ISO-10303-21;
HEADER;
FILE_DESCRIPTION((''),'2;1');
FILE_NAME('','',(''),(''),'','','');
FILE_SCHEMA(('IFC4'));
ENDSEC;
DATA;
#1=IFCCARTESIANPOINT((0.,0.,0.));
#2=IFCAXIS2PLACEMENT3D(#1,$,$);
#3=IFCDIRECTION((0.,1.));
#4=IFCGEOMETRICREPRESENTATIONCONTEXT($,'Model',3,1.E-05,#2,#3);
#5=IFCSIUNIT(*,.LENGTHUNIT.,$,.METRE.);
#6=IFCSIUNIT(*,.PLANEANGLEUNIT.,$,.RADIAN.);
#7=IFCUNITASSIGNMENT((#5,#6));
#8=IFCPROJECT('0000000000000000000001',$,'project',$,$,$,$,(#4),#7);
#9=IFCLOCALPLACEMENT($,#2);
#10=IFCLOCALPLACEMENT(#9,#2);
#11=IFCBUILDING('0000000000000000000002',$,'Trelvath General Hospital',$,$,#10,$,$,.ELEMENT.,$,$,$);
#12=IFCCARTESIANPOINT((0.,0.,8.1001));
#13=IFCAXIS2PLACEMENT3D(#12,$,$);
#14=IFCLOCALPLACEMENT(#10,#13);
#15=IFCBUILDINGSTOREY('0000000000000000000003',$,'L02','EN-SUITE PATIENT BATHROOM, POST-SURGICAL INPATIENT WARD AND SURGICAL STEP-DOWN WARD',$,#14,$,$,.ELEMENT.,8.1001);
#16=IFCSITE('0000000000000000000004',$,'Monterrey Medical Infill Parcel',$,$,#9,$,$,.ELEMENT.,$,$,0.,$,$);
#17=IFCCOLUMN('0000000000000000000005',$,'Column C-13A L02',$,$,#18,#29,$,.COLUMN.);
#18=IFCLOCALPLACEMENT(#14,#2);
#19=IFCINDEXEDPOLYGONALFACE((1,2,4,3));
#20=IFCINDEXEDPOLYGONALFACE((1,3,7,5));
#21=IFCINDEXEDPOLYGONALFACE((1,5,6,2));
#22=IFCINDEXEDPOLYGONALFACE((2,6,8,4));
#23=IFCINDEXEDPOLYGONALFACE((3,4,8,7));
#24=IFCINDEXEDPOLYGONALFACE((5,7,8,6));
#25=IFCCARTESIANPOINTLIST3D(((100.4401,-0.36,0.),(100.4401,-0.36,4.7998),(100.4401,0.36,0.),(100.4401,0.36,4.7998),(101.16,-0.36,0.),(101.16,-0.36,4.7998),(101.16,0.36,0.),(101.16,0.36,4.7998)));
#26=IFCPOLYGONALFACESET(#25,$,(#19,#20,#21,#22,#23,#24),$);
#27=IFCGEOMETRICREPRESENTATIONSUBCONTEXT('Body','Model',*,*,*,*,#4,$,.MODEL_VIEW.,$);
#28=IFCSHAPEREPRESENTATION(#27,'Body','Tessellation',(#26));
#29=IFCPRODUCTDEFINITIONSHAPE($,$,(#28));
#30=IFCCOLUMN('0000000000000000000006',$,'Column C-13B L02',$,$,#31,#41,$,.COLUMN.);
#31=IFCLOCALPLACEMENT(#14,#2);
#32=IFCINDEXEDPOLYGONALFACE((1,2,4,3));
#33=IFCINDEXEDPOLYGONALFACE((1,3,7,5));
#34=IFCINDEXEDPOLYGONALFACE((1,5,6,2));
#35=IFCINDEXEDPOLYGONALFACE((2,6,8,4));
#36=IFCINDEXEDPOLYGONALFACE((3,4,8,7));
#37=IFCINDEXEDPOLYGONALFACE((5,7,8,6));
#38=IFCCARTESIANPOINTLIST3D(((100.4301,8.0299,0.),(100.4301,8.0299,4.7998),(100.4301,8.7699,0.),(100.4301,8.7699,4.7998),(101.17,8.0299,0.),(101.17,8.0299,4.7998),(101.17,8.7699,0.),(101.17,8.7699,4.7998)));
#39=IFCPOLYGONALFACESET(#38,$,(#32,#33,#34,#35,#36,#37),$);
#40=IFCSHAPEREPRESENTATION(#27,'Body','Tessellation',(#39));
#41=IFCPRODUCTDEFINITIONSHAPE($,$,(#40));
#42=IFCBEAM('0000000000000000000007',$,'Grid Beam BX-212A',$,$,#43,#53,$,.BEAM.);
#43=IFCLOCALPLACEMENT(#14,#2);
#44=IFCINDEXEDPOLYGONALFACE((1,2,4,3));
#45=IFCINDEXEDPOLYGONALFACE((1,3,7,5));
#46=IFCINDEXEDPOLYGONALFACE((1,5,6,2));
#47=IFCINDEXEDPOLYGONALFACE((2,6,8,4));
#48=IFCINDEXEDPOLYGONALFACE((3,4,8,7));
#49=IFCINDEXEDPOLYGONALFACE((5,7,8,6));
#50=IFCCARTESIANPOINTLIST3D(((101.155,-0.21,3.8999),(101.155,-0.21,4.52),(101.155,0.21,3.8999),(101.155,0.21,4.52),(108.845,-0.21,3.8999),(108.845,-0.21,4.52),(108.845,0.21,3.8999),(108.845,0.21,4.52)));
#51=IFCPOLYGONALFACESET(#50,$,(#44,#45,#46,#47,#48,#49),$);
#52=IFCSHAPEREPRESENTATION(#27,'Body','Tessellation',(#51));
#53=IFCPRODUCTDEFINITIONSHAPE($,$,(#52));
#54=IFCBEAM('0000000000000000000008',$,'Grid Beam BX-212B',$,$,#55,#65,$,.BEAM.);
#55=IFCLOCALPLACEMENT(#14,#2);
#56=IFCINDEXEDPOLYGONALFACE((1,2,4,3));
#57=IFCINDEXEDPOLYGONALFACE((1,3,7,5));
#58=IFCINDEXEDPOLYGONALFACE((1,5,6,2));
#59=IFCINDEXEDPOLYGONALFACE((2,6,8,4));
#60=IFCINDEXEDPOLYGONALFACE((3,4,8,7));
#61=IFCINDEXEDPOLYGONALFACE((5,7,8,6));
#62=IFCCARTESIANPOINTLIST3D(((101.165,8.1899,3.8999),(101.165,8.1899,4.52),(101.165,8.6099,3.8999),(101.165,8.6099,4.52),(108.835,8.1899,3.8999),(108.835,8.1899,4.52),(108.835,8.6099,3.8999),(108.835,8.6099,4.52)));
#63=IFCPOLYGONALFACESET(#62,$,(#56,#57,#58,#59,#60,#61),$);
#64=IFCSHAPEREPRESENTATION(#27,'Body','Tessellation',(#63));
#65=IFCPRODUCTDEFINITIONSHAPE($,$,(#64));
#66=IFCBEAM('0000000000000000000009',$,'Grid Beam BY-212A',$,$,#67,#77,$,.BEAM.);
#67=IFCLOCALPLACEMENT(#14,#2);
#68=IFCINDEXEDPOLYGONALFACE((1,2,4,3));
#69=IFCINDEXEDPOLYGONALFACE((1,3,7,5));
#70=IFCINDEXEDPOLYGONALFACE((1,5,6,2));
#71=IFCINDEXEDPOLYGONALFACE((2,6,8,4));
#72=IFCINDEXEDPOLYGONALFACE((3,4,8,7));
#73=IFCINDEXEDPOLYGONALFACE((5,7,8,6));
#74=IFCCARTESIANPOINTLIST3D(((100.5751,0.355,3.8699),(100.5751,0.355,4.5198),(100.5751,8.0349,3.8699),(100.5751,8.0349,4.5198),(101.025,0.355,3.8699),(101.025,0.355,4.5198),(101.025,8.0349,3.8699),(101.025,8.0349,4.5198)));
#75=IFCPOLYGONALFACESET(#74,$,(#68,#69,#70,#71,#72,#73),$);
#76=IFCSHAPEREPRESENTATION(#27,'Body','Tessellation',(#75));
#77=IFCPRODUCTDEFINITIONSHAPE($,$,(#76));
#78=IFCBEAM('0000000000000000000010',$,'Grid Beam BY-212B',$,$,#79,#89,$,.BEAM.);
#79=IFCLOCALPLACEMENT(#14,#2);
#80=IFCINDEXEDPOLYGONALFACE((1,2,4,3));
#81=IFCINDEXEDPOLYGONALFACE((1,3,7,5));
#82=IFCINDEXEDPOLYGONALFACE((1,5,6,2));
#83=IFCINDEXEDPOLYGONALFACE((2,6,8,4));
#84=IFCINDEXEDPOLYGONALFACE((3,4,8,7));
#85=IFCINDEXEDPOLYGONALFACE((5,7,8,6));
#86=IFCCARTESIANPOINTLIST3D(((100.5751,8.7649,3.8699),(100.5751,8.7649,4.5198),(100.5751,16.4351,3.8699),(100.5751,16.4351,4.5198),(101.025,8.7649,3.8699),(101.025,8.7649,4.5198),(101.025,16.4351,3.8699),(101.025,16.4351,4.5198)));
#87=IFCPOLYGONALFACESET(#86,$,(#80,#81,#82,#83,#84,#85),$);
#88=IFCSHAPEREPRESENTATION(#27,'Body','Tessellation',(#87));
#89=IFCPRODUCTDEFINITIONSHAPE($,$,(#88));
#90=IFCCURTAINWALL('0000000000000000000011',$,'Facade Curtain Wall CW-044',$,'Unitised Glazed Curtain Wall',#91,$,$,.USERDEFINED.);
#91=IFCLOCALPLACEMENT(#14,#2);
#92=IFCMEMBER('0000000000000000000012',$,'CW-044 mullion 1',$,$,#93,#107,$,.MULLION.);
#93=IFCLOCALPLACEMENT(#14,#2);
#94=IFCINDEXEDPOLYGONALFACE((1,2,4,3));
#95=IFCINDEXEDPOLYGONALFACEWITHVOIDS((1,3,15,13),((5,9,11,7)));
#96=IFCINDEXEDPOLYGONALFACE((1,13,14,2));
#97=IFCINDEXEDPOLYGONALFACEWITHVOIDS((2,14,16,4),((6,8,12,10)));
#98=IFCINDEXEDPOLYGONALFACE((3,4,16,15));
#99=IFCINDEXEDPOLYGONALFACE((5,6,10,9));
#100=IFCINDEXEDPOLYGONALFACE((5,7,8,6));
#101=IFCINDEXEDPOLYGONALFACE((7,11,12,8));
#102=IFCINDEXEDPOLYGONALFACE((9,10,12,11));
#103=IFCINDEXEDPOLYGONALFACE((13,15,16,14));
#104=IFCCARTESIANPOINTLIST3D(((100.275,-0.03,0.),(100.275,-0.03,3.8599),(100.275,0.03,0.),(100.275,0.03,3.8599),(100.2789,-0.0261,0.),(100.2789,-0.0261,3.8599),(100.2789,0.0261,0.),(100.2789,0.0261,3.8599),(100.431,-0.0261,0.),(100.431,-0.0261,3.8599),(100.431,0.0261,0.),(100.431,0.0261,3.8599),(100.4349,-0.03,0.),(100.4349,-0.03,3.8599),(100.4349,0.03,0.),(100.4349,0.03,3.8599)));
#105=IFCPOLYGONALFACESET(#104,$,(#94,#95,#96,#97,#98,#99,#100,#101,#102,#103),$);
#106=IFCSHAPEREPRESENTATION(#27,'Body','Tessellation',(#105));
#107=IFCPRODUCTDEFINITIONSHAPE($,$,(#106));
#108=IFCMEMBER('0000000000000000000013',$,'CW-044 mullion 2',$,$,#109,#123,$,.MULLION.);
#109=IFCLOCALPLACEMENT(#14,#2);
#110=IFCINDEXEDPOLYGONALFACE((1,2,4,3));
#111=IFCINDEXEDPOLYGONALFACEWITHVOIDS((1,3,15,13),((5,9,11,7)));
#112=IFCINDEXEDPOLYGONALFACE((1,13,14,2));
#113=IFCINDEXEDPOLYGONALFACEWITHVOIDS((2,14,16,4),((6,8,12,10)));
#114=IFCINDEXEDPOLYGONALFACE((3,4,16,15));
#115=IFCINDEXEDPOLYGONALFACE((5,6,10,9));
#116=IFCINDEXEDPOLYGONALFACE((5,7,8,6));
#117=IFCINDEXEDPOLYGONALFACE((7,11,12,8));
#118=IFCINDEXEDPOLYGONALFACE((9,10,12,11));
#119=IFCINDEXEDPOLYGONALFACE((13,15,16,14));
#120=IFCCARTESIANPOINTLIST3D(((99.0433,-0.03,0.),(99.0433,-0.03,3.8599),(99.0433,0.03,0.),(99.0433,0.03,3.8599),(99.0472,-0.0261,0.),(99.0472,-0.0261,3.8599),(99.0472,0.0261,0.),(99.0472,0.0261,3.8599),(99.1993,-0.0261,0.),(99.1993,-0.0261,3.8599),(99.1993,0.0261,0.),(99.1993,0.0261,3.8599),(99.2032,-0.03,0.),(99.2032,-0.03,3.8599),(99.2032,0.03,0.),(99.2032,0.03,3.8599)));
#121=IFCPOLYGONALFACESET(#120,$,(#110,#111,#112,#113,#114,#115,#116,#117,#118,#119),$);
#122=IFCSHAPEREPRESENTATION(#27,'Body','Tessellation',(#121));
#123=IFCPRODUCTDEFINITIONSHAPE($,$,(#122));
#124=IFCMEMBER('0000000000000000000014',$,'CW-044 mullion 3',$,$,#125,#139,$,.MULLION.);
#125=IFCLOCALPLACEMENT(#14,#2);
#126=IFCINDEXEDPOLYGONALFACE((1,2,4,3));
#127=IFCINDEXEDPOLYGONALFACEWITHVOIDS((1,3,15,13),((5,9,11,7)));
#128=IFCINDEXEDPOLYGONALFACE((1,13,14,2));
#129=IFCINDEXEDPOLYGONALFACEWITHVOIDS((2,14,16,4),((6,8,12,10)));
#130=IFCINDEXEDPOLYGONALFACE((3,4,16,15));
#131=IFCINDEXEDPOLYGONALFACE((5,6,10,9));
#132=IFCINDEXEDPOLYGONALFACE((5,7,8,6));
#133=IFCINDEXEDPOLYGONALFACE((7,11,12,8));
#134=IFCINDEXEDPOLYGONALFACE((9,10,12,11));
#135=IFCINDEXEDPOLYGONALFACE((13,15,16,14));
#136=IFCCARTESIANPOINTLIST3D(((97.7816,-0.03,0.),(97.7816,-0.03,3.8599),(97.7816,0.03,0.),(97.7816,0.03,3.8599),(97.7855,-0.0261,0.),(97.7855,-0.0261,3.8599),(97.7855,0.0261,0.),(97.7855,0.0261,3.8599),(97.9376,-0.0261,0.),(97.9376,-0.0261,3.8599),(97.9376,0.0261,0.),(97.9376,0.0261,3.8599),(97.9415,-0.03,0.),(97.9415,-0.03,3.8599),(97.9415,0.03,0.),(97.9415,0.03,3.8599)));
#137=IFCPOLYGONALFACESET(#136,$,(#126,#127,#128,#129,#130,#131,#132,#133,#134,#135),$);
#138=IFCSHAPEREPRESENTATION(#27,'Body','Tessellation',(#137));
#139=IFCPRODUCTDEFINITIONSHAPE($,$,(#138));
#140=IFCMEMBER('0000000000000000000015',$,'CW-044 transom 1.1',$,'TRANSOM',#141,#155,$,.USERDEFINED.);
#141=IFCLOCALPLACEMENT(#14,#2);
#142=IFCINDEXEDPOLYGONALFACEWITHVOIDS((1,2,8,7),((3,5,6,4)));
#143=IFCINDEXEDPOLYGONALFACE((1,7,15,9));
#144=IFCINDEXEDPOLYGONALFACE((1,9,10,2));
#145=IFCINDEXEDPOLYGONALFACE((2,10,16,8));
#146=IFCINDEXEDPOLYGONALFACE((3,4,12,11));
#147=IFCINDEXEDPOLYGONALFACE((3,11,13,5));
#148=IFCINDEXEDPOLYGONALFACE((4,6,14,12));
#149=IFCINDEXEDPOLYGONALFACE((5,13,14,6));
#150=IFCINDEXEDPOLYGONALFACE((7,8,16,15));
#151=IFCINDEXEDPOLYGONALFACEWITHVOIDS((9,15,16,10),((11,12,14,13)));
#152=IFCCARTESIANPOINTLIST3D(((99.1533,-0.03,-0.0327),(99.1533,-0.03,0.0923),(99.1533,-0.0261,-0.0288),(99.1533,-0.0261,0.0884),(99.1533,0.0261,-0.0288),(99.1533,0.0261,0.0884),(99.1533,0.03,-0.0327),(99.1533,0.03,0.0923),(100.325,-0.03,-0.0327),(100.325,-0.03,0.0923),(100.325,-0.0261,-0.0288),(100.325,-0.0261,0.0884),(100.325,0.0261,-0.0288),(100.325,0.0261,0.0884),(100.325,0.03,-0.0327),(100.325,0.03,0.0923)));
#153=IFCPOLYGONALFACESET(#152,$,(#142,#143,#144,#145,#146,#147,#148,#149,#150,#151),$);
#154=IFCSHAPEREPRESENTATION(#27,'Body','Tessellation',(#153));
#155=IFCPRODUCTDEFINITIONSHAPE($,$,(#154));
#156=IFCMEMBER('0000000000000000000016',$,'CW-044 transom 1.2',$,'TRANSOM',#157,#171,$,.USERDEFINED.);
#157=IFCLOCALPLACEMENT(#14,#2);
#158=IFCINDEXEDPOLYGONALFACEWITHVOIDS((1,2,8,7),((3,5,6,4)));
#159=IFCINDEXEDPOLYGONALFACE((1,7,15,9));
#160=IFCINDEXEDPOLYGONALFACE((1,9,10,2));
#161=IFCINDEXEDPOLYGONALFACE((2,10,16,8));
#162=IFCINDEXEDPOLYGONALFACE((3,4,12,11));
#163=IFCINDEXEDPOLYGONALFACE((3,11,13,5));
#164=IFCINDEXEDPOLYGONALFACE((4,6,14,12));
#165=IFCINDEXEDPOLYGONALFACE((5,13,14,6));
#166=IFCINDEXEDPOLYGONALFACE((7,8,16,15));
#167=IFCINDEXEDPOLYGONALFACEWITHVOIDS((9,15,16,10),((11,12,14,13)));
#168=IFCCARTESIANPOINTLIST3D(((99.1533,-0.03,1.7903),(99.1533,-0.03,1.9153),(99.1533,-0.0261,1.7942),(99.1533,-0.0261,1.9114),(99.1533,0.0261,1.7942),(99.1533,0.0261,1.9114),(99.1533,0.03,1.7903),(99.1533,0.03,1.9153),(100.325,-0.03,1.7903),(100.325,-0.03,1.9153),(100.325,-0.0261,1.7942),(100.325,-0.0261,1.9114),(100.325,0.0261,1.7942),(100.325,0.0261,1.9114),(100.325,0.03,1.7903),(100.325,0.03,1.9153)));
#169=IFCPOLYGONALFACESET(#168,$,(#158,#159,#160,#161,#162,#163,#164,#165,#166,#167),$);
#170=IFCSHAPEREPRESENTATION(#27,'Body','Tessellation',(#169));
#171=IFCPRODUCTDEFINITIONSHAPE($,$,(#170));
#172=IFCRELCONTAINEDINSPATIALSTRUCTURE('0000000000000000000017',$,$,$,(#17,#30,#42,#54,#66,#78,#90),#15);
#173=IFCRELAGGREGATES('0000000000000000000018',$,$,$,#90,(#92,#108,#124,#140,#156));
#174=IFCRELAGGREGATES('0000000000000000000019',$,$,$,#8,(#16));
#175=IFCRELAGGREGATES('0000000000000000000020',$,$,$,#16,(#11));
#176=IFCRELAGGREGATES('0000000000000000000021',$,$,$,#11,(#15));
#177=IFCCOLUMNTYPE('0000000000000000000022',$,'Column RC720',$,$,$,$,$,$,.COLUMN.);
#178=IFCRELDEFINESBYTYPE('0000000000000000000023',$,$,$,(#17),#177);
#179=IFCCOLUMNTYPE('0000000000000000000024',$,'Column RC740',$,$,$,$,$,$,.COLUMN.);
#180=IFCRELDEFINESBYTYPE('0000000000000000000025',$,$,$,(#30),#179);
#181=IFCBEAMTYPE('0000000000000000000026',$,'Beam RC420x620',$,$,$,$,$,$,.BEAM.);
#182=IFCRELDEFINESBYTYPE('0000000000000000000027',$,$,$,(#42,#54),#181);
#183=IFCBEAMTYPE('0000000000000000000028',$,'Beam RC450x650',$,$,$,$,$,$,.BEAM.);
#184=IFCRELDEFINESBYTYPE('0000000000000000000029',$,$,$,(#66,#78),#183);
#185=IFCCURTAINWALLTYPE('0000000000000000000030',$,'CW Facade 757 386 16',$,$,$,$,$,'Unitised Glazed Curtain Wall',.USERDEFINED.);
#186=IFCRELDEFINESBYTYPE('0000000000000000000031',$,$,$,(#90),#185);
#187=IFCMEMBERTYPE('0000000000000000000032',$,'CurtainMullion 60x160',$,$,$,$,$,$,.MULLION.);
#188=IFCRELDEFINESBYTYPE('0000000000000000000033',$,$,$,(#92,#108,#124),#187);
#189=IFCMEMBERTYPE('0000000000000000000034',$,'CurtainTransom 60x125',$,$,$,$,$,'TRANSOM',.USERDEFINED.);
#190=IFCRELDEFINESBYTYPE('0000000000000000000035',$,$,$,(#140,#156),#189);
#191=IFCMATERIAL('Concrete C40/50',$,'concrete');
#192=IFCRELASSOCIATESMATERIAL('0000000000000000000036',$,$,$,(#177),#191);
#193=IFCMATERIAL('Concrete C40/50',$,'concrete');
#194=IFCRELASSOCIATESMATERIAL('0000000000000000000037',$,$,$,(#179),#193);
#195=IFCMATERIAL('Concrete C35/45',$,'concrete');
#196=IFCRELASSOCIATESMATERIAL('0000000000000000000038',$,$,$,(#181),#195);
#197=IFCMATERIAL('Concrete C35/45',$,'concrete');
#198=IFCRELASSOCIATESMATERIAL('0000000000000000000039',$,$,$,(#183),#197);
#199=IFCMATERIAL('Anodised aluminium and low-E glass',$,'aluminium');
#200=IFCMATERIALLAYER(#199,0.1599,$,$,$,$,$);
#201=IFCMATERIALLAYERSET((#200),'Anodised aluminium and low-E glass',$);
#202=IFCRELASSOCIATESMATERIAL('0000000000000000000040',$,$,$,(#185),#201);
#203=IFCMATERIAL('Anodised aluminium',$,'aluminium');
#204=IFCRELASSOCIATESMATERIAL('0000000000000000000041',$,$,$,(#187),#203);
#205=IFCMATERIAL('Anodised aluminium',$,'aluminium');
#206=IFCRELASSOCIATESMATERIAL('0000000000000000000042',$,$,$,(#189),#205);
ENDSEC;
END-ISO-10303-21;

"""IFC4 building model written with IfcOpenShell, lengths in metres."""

from ifc_helpers import new_model, si_unit, direction, frame, origin, origin_2d, place, context, subcontext, project, spatial, rectangle, hollow_rectangle, extrude, material, layer, layer_set, material_profile, profile_set, type_object, element, aggregate, save


model = new_model("IFC4")

# Units and contexts
model_context = context("Model", 3, precision=1e-05, world=origin(), true_north=direction((0.0, 1.0)))
body_context = subcontext(model_context, "Body", "Model", "MODEL_VIEW")
ifc_project = project(units=[si_unit("LENGTHUNIT", "METRE"), si_unit("PLANEANGLEUNIT", "RADIAN")], contexts=[model_context])

# Site, building, storey
site_placement = place(None, origin())
site = spatial("IfcSite", under=ifc_project, at=site_placement, Name="Monterrey Medical Infill Parcel", CompositionType="ELEMENT", RefElevation=0.0)
building_placement = place(site_placement, origin())
building = spatial("IfcBuilding", under=site, at=building_placement, Name="Trelvath General Hospital", CompositionType="ELEMENT")
storey_placement = place(building_placement, frame((0.0, 0.0, 8.1001)))
storey = spatial("IfcBuildingStorey", under=building, at=storey_placement, Name="L02", Description="EN-SUITE PATIENT BATHROOM, POST-SURGICAL INPATIENT WARD AND SURGICAL STEP-DOWN WARD", CompositionType="ELEMENT", Elevation=8.1001)

# Columns
ifc_material_1 = material(Name="Concrete C40/50", Category="concrete")
ifc_material_profile_1 = material_profile(ifc_material_1, rectangle(XDim=0.72, YDim=0.72, at=origin_2d()), Name="RC720x720")
ifc_profile_set_1 = profile_set([ifc_material_profile_1], Name="Concrete C40/50")
column_type_1 = type_object("IfcColumnType", Name="Column RC720", PredefinedType="COLUMN", material=ifc_profile_set_1)
column_1_placement = place(storey_placement, frame((100.8, 0.0, 0.0), z_axis=(0.0, 0.0, 1.0), x_axis=(1.0, 0.0, 0.0)))
element("IfcColumn", 1, at=column_1_placement, inside=storey, type_object=column_type_1, Name="Column C-13A L02", PredefinedType="COLUMN", context=body_context, shape_type="SweptSolid", body=[
    extrude(rectangle(XDim=0.72, YDim=0.72, at=origin_2d()), origin(), (0.0, 0.0, 1.0), 4.7998),
])
ifc_material_2 = material(Name="Concrete C40/50", Category="concrete")
ifc_material_profile_2 = material_profile(ifc_material_2, rectangle(XDim=0.74, YDim=0.74, at=origin_2d()), Name="RC740x740")
ifc_profile_set_2 = profile_set([ifc_material_profile_2], Name="Concrete C40/50")
column_type_2 = type_object("IfcColumnType", Name="Column RC740", PredefinedType="COLUMN", material=ifc_profile_set_2)
column_2_placement = place(storey_placement, frame((100.8, 8.3999, 0.0), z_axis=(0.0, 0.0, 1.0), x_axis=(1.0, 0.0, 0.0)))
element("IfcColumn", 2, at=column_2_placement, inside=storey, type_object=column_type_2, Name="Column C-13B L02", PredefinedType="COLUMN", context=body_context, shape_type="SweptSolid", body=[
    extrude(rectangle(XDim=0.74, YDim=0.74, at=origin_2d()), origin(), (0.0, 0.0, 1.0), 4.7998),
])

# Beams
ifc_material_3 = material(Name="Concrete C35/45", Category="concrete")
ifc_material_profile_3 = material_profile(ifc_material_3, rectangle(XDim=0.4199, YDim=0.6201, at=origin_2d()), Name="RCB420x620")
ifc_profile_set_3 = profile_set([ifc_material_profile_3], Name="Concrete C35/45")
beam_type_1 = type_object("IfcBeamType", Name="Beam RC420x620", PredefinedType="BEAM", material=ifc_profile_set_3)
beam_1_placement = place(storey_placement, frame((101.155, 0.0, 4.21), z_axis=(1.0, 0.0, 0.0), x_axis=(0.0, 1.0, 0.0)))
element("IfcBeam", 3, at=beam_1_placement, inside=storey, type_object=beam_type_1, Name="Grid Beam BX-212A", PredefinedType="BEAM", context=body_context, shape_type="SweptSolid", body=[
    extrude(rectangle(XDim=0.4199, YDim=0.6201, at=origin_2d()), origin(), (0.0, 0.0, 1.0), 7.6899),
])
beam_2_placement = place(storey_placement, frame((101.165, 8.3999, 4.21), z_axis=(1.0, 0.0, 0.0), x_axis=(0.0, 1.0, 0.0)))
element("IfcBeam", 4, at=beam_2_placement, inside=storey, type_object=beam_type_1, Name="Grid Beam BX-212B", PredefinedType="BEAM", context=body_context, shape_type="SweptSolid", body=[
    extrude(rectangle(XDim=0.4199, YDim=0.6201, at=origin_2d()), origin(), (0.0, 0.0, 1.0), 7.6699),
])
ifc_material_4 = material(Name="Concrete C35/45", Category="concrete")
ifc_material_profile_4 = material_profile(ifc_material_4, rectangle(XDim=0.45, YDim=0.6499, at=origin_2d()), Name="RCB450x650")
ifc_profile_set_4 = profile_set([ifc_material_profile_4], Name="Concrete C35/45")
beam_type_2 = type_object("IfcBeamType", Name="Beam RC450x650", PredefinedType="BEAM", material=ifc_profile_set_4)
beam_3_placement = place(storey_placement, frame((100.8, 0.355, 4.1948), z_axis=(0.0, 1.0, 0.0), x_axis=(-1.0, 0.0, 0.0)))
element("IfcBeam", 5, at=beam_3_placement, inside=storey, type_object=beam_type_2, Name="Grid Beam BY-212A", PredefinedType="BEAM", context=body_context, shape_type="SweptSolid", body=[
    extrude(rectangle(XDim=0.45, YDim=0.6499, at=origin_2d()), origin(), (0.0, 0.0, 1.0), 7.6799),
])
beam_4_placement = place(storey_placement, frame((100.8, 8.7649, 4.1948), z_axis=(0.0, 1.0, 0.0), x_axis=(-1.0, 0.0, 0.0)))
element("IfcBeam", 6, at=beam_4_placement, inside=storey, type_object=beam_type_2, Name="Grid Beam BY-212B", PredefinedType="BEAM", context=body_context, shape_type="SweptSolid", body=[
    extrude(rectangle(XDim=0.45, YDim=0.6499, at=origin_2d()), origin(), (0.0, 0.0, 1.0), 7.6702),
])

# Curtain wall, members
ifc_material_5 = material(Name="Anodised aluminium and low-E glass", Category="aluminium")
ifc_layer_1 = layer(ifc_material_5, 0.1599)
ifc_layer_set_1 = layer_set([ifc_layer_1], Name="Anodised aluminium and low-E glass")
curtain_wall_type = type_object("IfcCurtainWallType", Name="CW Facade 757 386 16", ElementType="Unitised Glazed Curtain Wall", PredefinedType="USERDEFINED", material=ifc_layer_set_1)
curtain_wall_placement = place(storey_placement, origin())
curtain_wall = element("IfcCurtainWall", 7, at=curtain_wall_placement, inside=storey, type_object=curtain_wall_type, Name="Facade Curtain Wall CW-044", ObjectType="Unitised Glazed Curtain Wall", PredefinedType="USERDEFINED")
ifc_material_6 = material(Name="Anodised aluminium", Category="aluminium")
ifc_material_profile_5 = material_profile(ifc_material_6, hollow_rectangle(XDim=0.0601, YDim=0.1599, WallThickness=0.0039, at=origin_2d()), Name="RHS60x160x4")
ifc_profile_set_5 = profile_set([ifc_material_profile_5], Name="Anodised aluminium")
member_type_1 = type_object("IfcMemberType", Name="CurtainMullion 60x160", PredefinedType="MULLION", material=ifc_profile_set_5)
member_1_placement = place(storey_placement, frame((100.355, 0.0, 0.0), z_axis=(0.0, 0.0, 1.0), x_axis=(0.0, -1.0, 0.0)))
member_1 = element("IfcMember", 8, at=member_1_placement, type_object=member_type_1, Name="CW-044 mullion 1", PredefinedType="MULLION", context=body_context, shape_type="SweptSolid", body=[
    extrude(hollow_rectangle(XDim=0.0601, YDim=0.1599, WallThickness=0.0039, at=origin_2d()), origin(), (0.0, 0.0, 1.0), 3.8599),
])
member_2_placement = place(storey_placement, frame((99.1233, 0.0, 0.0), z_axis=(0.0, 0.0, 1.0), x_axis=(0.0, -1.0, 0.0)))
member_2 = element("IfcMember", 9, at=member_2_placement, type_object=member_type_1, Name="CW-044 mullion 2", PredefinedType="MULLION", context=body_context, shape_type="SweptSolid", body=[
    extrude(hollow_rectangle(XDim=0.0601, YDim=0.1599, WallThickness=0.0039, at=origin_2d()), origin(), (0.0, 0.0, 1.0), 3.8599),
])
member_3_placement = place(storey_placement, frame((97.8616, 0.0, 0.0), z_axis=(0.0, 0.0, 1.0), x_axis=(0.0, -1.0, 0.0)))
member_3 = element("IfcMember", 10, at=member_3_placement, type_object=member_type_1, Name="CW-044 mullion 3", PredefinedType="MULLION", context=body_context, shape_type="SweptSolid", body=[
    extrude(hollow_rectangle(XDim=0.0601, YDim=0.1599, WallThickness=0.0039, at=origin_2d()), origin(), (0.0, 0.0, 1.0), 3.8599),
])
ifc_material_7 = material(Name="Anodised aluminium", Category="aluminium")
ifc_material_profile_6 = material_profile(ifc_material_7, hollow_rectangle(XDim=0.0601, YDim=0.125, WallThickness=0.0039, at=origin_2d()), Name="RHS60x125x4")
ifc_profile_set_6 = profile_set([ifc_material_profile_6], Name="Anodised aluminium")
member_type_2 = type_object("IfcMemberType", Name="CurtainTransom 60x125", ElementType="TRANSOM", PredefinedType="USERDEFINED", material=ifc_profile_set_6)
member_4_placement = place(storey_placement, frame((100.325, 0.0, 0.0298), z_axis=(-1.0, 0.0, 0.0), x_axis=(0.0, -1.0, 0.0)))
member_4 = element("IfcMember", 11, at=member_4_placement, type_object=member_type_2, Name="CW-044 transom 1.1", ObjectType="TRANSOM", PredefinedType="USERDEFINED", context=body_context, shape_type="SweptSolid", body=[
    extrude(hollow_rectangle(XDim=0.0601, YDim=0.125, WallThickness=0.0039, at=origin_2d()), origin(), (0.0, 0.0, 1.0), 1.1716),
])
member_5_placement = place(storey_placement, frame((100.325, 0.0, 1.8528), z_axis=(-1.0, 0.0, 0.0), x_axis=(0.0, -1.0, 0.0)))
member_5 = element("IfcMember", 12, at=member_5_placement, type_object=member_type_2, Name="CW-044 transom 1.2", ObjectType="TRANSOM", PredefinedType="USERDEFINED", context=body_context, shape_type="SweptSolid", body=[
    extrude(hollow_rectangle(XDim=0.0601, YDim=0.125, WallThickness=0.0039, at=origin_2d()), origin(), (0.0, 0.0, 1.0), 1.1716),
])
aggregate(curtain_wall, [member_1, member_2, member_3, member_4, member_5])

save(model, "model.ifc")
